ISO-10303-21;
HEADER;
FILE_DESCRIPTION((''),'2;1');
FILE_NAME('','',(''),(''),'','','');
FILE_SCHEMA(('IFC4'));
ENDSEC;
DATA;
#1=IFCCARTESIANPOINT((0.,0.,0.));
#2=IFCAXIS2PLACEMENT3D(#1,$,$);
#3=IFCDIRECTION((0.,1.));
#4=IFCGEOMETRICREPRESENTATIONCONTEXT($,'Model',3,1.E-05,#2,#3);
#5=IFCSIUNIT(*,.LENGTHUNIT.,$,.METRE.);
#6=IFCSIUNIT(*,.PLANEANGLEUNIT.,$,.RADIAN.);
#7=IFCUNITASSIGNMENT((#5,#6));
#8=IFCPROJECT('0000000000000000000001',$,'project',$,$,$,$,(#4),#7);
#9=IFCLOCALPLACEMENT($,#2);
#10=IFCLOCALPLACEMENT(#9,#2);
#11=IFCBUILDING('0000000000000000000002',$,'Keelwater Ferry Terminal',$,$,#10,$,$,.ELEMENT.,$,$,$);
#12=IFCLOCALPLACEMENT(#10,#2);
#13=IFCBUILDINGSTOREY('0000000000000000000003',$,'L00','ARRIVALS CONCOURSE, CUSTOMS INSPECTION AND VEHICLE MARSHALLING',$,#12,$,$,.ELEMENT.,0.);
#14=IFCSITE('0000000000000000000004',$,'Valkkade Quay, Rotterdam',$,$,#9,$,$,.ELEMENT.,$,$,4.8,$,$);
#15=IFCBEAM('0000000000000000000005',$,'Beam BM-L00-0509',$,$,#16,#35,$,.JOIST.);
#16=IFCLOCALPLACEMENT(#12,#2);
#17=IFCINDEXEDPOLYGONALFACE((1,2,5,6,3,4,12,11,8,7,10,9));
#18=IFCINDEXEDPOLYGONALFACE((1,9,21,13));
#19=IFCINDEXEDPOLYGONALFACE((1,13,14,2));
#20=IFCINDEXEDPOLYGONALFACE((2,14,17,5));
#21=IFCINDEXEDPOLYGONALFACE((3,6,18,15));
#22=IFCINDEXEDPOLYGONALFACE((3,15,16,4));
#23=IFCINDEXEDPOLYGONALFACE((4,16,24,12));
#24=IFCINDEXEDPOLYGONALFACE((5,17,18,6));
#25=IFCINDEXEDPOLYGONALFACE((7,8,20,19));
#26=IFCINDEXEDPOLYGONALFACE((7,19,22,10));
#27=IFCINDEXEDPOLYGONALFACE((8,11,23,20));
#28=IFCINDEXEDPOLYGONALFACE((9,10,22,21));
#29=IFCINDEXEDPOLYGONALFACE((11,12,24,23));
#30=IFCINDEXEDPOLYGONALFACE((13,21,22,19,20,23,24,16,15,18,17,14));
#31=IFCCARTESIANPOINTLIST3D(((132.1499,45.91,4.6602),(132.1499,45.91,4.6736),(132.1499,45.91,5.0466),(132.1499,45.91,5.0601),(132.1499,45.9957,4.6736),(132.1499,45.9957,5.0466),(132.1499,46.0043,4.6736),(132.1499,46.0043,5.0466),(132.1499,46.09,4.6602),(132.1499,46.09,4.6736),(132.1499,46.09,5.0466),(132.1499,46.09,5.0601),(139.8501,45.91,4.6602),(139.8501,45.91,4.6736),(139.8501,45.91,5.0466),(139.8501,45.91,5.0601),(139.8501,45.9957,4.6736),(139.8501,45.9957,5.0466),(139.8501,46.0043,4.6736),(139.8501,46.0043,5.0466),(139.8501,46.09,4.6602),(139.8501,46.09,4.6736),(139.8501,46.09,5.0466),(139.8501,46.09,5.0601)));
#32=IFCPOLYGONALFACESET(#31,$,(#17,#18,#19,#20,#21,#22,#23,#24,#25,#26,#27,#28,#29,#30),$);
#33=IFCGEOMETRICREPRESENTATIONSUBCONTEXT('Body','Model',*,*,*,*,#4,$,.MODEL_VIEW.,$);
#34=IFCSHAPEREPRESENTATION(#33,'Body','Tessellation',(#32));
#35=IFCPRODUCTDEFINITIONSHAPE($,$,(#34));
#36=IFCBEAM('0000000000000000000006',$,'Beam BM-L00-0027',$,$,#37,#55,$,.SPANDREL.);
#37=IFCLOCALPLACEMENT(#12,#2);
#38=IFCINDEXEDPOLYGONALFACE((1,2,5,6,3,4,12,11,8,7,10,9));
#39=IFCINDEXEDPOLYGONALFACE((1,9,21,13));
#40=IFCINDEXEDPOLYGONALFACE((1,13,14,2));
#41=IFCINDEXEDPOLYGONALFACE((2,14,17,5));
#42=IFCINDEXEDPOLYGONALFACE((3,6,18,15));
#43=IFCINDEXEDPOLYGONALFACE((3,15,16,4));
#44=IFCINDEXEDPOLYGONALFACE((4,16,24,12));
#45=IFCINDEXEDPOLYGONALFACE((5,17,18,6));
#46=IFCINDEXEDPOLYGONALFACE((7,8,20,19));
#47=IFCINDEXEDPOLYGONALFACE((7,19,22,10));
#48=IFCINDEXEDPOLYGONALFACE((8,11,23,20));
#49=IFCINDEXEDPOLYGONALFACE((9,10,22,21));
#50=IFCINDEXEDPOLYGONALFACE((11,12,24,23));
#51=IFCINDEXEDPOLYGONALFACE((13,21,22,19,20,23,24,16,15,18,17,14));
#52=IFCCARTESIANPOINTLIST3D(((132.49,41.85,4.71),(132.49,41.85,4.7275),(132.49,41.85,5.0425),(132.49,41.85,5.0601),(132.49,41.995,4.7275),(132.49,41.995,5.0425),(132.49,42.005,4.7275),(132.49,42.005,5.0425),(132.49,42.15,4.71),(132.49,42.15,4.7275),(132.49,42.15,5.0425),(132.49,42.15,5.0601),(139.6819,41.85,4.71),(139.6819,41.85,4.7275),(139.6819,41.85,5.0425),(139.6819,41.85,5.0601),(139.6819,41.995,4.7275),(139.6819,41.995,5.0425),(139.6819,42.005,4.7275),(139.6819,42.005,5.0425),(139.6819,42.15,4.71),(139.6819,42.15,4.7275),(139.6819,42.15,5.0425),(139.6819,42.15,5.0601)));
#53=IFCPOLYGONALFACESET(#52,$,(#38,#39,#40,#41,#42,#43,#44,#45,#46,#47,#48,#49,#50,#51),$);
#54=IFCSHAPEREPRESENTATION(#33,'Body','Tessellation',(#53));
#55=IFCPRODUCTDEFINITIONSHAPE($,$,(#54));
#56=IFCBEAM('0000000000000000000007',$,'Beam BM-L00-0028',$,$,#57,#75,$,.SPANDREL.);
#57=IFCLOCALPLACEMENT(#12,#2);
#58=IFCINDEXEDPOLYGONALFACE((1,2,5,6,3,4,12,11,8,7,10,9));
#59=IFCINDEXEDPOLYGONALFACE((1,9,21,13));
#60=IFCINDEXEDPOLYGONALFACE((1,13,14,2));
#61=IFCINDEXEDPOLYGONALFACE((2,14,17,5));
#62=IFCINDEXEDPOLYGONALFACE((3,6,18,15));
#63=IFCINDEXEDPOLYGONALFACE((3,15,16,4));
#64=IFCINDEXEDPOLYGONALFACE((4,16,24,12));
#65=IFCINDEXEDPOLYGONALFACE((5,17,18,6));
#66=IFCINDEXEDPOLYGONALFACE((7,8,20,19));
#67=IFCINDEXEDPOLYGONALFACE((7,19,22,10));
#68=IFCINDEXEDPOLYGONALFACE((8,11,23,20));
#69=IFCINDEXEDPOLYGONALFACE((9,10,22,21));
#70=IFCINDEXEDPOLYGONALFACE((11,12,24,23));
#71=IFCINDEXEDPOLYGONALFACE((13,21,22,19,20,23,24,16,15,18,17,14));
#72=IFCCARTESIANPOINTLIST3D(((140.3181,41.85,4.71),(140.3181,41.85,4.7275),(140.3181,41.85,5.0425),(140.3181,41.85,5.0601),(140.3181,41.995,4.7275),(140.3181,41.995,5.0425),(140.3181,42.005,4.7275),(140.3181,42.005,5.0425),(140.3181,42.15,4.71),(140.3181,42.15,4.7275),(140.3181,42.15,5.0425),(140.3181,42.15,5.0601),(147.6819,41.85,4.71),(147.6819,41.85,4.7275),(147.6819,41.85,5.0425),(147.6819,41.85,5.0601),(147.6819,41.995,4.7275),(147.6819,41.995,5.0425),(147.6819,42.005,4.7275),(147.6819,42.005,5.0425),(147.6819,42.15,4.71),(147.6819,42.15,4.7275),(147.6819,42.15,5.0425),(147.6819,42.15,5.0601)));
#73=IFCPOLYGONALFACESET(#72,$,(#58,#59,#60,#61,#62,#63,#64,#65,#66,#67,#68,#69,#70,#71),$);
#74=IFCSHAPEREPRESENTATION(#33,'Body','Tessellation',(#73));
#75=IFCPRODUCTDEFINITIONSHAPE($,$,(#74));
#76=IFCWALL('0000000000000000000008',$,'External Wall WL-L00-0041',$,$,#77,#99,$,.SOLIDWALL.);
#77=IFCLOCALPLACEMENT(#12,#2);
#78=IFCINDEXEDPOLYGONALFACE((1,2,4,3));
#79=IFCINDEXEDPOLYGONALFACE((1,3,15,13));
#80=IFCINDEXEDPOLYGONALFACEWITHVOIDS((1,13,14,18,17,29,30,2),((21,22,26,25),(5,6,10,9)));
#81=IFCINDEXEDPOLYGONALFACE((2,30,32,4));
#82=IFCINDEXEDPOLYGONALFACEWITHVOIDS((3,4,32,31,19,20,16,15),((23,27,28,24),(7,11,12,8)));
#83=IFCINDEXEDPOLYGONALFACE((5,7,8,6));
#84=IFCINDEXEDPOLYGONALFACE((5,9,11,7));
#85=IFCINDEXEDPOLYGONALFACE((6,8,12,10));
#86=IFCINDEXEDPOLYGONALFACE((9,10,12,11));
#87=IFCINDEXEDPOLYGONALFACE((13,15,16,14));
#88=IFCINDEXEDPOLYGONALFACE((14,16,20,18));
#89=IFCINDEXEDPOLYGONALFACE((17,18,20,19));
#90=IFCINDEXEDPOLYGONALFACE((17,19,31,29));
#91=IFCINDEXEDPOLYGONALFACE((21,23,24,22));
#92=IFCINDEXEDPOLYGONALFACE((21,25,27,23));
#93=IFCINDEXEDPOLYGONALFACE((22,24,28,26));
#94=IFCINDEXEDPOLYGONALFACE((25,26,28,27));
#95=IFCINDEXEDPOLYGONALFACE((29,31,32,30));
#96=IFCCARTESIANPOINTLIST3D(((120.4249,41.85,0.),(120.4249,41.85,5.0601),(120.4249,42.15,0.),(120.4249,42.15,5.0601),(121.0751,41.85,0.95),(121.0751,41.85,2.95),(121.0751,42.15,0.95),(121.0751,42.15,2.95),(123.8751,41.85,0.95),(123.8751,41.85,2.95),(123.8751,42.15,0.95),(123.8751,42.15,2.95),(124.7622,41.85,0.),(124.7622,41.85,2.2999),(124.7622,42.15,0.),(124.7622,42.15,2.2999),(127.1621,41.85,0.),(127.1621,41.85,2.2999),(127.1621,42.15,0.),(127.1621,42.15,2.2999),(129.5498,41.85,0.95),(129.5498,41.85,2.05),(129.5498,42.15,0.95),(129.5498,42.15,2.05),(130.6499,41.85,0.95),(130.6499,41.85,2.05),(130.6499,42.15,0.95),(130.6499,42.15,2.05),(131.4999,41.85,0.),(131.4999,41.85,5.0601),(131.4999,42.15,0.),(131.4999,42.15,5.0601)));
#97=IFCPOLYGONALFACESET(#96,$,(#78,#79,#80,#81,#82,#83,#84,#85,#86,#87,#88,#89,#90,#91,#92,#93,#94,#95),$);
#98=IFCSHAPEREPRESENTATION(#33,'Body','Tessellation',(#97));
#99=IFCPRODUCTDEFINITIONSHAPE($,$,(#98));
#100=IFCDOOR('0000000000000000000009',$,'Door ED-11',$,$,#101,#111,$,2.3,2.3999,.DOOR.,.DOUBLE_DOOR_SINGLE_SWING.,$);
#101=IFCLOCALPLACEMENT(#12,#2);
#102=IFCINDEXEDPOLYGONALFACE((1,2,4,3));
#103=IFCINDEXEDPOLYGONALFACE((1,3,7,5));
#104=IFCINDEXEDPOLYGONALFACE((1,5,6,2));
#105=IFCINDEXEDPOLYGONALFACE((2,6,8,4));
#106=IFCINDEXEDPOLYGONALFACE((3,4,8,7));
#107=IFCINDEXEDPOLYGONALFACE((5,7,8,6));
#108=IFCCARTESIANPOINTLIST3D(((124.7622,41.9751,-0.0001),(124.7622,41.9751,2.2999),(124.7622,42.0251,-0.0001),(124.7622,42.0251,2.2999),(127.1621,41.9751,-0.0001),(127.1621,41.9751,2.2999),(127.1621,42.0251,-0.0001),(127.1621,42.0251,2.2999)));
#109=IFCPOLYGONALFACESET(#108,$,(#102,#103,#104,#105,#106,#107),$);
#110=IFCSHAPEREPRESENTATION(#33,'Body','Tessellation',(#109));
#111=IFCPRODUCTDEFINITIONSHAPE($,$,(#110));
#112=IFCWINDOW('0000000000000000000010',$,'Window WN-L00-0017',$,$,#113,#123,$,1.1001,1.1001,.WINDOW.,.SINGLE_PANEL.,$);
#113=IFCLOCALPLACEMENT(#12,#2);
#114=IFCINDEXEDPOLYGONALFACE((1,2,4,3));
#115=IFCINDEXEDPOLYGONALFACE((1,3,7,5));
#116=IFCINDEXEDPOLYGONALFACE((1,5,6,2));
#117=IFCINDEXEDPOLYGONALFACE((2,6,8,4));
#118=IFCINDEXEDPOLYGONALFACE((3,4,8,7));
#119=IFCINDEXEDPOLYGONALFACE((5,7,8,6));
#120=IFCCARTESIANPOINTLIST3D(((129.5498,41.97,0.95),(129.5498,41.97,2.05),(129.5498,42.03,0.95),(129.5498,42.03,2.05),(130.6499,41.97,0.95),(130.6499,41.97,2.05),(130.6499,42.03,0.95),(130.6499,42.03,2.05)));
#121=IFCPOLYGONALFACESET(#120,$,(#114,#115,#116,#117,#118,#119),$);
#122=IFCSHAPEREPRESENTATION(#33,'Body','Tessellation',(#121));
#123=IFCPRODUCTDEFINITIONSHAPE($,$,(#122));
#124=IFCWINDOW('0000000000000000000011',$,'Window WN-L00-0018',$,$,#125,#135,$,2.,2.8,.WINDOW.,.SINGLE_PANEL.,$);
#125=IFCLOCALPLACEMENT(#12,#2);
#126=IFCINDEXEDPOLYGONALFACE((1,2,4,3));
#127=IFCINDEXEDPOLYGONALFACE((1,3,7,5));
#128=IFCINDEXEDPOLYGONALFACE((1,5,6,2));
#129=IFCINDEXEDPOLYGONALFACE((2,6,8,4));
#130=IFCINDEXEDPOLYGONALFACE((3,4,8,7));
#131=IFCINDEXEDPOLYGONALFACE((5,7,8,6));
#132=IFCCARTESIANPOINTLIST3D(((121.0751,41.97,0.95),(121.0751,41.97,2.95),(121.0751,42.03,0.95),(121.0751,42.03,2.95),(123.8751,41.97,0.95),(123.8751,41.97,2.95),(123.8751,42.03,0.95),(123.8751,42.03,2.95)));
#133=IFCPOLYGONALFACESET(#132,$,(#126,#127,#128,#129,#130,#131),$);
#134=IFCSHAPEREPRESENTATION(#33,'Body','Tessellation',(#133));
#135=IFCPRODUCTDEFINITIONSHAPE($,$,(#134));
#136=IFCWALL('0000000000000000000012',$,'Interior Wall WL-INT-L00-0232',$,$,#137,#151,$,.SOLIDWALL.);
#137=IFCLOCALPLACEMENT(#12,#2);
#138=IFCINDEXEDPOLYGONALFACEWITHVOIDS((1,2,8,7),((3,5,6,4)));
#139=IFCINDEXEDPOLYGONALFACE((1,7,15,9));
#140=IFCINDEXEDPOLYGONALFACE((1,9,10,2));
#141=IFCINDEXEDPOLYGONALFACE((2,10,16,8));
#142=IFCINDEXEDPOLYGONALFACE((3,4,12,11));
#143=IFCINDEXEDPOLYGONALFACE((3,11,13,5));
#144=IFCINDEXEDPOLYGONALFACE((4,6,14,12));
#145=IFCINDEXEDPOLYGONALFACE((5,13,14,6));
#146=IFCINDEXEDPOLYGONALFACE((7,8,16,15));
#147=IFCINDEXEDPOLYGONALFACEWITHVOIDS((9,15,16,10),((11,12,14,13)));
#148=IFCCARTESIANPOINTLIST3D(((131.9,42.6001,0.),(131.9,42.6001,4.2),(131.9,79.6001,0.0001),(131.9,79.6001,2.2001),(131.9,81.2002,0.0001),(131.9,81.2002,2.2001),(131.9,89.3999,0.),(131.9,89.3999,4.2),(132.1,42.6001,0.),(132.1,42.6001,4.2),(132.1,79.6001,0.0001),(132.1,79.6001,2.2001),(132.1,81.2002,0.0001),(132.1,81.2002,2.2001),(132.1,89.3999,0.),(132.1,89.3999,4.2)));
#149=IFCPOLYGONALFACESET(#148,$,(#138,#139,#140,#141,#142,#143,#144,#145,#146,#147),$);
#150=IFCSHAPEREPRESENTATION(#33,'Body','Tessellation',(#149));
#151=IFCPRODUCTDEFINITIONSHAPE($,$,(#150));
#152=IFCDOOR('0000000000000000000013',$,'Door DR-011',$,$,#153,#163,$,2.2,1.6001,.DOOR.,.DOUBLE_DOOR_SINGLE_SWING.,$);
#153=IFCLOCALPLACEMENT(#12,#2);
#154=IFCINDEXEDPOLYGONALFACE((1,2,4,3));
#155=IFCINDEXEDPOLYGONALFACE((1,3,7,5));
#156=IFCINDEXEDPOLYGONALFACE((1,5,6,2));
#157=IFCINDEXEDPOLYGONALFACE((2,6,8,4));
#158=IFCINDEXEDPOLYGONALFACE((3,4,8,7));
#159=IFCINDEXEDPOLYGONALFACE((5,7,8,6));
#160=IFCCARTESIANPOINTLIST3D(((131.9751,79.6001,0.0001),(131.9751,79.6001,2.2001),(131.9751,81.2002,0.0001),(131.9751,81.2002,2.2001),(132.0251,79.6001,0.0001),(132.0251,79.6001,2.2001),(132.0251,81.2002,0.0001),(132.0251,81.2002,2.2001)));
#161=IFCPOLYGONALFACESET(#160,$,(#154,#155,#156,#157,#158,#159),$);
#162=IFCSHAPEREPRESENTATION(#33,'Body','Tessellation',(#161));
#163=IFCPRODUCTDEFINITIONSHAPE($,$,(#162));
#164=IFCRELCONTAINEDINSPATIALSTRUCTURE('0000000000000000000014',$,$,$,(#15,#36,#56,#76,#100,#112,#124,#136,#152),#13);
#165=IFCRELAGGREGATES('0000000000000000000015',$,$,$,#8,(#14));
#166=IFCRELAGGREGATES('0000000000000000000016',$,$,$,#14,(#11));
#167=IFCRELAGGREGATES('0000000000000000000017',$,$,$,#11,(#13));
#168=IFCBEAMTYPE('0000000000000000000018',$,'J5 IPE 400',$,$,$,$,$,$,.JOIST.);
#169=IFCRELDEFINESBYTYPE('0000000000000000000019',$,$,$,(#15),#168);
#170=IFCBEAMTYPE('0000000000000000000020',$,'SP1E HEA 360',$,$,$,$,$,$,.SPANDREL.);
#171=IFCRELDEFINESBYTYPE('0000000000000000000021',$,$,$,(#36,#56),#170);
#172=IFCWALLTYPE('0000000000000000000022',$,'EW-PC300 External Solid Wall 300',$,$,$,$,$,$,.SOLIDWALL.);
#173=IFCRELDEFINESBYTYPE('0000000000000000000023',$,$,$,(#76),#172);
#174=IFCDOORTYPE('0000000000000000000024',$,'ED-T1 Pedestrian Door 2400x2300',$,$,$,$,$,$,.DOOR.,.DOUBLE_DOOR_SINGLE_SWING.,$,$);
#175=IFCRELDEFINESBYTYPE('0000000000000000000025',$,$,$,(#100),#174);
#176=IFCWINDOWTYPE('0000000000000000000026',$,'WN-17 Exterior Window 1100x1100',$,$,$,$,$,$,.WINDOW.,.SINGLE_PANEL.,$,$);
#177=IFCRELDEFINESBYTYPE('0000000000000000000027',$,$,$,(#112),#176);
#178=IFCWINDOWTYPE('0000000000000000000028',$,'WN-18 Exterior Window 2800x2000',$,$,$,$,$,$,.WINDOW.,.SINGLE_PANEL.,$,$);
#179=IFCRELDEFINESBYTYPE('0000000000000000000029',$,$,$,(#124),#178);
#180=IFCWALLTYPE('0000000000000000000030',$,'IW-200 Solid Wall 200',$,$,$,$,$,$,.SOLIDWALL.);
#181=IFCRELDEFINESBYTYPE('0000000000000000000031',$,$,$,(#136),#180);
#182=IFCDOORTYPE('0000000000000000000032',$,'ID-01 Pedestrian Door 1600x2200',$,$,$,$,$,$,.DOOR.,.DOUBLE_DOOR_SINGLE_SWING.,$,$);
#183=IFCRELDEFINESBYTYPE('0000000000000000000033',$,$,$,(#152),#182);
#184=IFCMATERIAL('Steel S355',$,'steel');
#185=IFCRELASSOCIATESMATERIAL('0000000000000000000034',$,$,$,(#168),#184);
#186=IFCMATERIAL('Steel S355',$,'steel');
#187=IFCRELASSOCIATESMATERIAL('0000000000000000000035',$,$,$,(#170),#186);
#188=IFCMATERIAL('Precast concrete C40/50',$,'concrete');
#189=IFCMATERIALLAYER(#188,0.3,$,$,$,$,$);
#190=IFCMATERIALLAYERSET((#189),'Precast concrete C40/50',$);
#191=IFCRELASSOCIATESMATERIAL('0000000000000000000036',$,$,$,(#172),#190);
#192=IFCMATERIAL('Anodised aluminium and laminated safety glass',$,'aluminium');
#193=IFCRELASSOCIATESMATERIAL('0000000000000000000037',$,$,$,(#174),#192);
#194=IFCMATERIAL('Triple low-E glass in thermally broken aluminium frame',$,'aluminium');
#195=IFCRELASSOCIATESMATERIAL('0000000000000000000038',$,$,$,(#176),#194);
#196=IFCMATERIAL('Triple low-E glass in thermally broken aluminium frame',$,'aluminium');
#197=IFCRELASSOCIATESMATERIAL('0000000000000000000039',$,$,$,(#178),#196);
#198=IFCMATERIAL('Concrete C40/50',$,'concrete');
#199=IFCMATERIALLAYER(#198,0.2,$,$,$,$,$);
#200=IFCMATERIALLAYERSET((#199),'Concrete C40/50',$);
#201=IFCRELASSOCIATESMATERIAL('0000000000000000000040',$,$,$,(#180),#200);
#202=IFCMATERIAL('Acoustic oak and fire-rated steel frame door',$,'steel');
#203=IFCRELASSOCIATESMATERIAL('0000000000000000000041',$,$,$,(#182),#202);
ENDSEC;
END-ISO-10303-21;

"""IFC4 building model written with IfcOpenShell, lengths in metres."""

from ifc_helpers import new_model, si_unit, direction, frame, frame_2d, origin, origin_2d, place, context, subcontext, project, spatial, rectangle, i_section, extrude, material, layer, layer_set, material_profile, profile_set, type_object, element, fill, save


model = new_model("IFC4")

# Units and contexts
model_context = context("Model", 3, precision=1e-05, world=origin(), true_north=direction((0.0, 1.0)))
body_context = subcontext(model_context, "Body", "Model", "MODEL_VIEW")
ifc_project = project(units=[si_unit("LENGTHUNIT", "METRE"), si_unit("PLANEANGLEUNIT", "RADIAN")], contexts=[model_context])

# Site, building, storey
site_placement = place(None, origin())
site = spatial("IfcSite", under=ifc_project, at=site_placement, Name="Valkkade Quay, Rotterdam", CompositionType="ELEMENT", RefElevation=4.8)
building_placement = place(site_placement, origin())
building = spatial("IfcBuilding", under=site, at=building_placement, Name="Keelwater Ferry Terminal", CompositionType="ELEMENT")
storey_placement = place(building_placement, origin())
storey = spatial("IfcBuildingStorey", under=building, at=storey_placement, Name="L00", Description="ARRIVALS CONCOURSE, CUSTOMS INSPECTION AND VEHICLE MARSHALLING", CompositionType="ELEMENT", Elevation=0.0)

# Beams
ifc_material_1 = material(Name="Steel S355", Category="steel")
ifc_material_profile_1 = material_profile(ifc_material_1, i_section(OverallWidth=0.1799, OverallDepth=0.3999, WebThickness=0.0085, FlangeThickness=0.0134, at=origin_2d()), Name="IPE 400")
ifc_profile_set_1 = profile_set([ifc_material_profile_1], Name="Steel S355")
beam_type_1 = type_object("IfcBeamType", Name="J5 IPE 400", PredefinedType="JOIST", material=ifc_profile_set_1)
beam_1_placement = place(storey_placement, frame((132.1499, 46.0, 4.8601), z_axis=(1.0, 0.0, 0.0), x_axis=(0.0, 1.0, 0.0)))
element("IfcBeam", 1, at=beam_1_placement, inside=storey, type_object=beam_type_1, Name="Beam BM-L00-0509", PredefinedType="JOIST", context=body_context, shape_type="SweptSolid", body=[
    extrude(i_section(OverallWidth=0.1799, OverallDepth=0.3999, WebThickness=0.0085, FlangeThickness=0.0134, at=origin_2d()), origin(), (0.0, 0.0, 1.0), 7.7002),
])
ifc_material_2 = material(Name="Steel S355", Category="steel")
ifc_material_profile_2 = material_profile(ifc_material_2, i_section(OverallWidth=0.3, OverallDepth=0.3501, WebThickness=0.01, FlangeThickness=0.0176, at=origin_2d()), Name="HEA 360")
ifc_profile_set_2 = profile_set([ifc_material_profile_2], Name="Steel S355")
beam_type_2 = type_object("IfcBeamType", Name="SP1E HEA 360", PredefinedType="SPANDREL", material=ifc_profile_set_2)
beam_2_placement = place(storey_placement, frame((132.49, 42.0, 4.885), z_axis=(1.0, 0.0, 0.0), x_axis=(0.0, 1.0, 0.0)))
element("IfcBeam", 2, at=beam_2_placement, inside=storey, type_object=beam_type_2, Name="Beam BM-L00-0027", PredefinedType="SPANDREL", context=body_context, shape_type="SweptSolid", body=[
    extrude(i_section(OverallWidth=0.3, OverallDepth=0.3501, WebThickness=0.01, FlangeThickness=0.0176, at=origin_2d()), origin(), (0.0, 0.0, 1.0), 7.1919),
])
beam_3_placement = place(storey_placement, frame((140.3181, 42.0, 4.885), z_axis=(1.0, 0.0, 0.0), x_axis=(0.0, 1.0, 0.0)))
element("IfcBeam", 3, at=beam_3_placement, inside=storey, type_object=beam_type_2, Name="Beam BM-L00-0028", PredefinedType="SPANDREL", context=body_context, shape_type="SweptSolid", body=[
    extrude(i_section(OverallWidth=0.3, OverallDepth=0.3501, WebThickness=0.01, FlangeThickness=0.0176, at=origin_2d()), origin(), (0.0, 0.0, 1.0), 7.3638),
])

# Wall, openings, door, windows
ifc_material_3 = material(Name="Precast concrete C40/50", Category="concrete")
ifc_layer_1 = layer(ifc_material_3, 0.3)
ifc_layer_set_1 = layer_set([ifc_layer_1], Name="Precast concrete C40/50")
wall_type_1 = type_object("IfcWallType", Name="EW-PC300 External Solid Wall 300", PredefinedType="SOLIDWALL", material=ifc_layer_set_1)
wall_1_placement = place(storey_placement, frame((131.5, 42.0, 0.0), z_axis=(0.0, 0.0, 1.0), x_axis=(-1.0, 0.0, 0.0)))
wall_1 = element("IfcWall", 4, at=wall_1_placement, inside=storey, type_object=wall_type_1, Name="External Wall WL-L00-0041", PredefinedType="SOLIDWALL", context=body_context, shape_type="SweptSolid", body=[
    extrude(rectangle(XDim=11.075, YDim=0.3, at=frame_2d((5.5376, 0.0))), origin(), (0.0, 0.0, 1.0), 5.0601),
])
opening_1_placement = place(wall_1_placement, frame((4.3379, 0.0, 0.0)))
opening_1 = element("IfcOpeningElement", 5, at=opening_1_placement, cuts=wall_1, PredefinedType="OPENING", context=body_context, shape_type="SweptSolid", body=[
    extrude(rectangle(XDim=2.3999, YDim=2.3, at=frame_2d((1.2, 1.1499))), frame((0.0, 0.1599, 0.0), z_axis=(0.0, -1.0, 0.0), x_axis=(1.0, 0.0, 0.0)), (0.0, 0.0, 1.0), 0.3201),
])
opening_2_placement = place(wall_1_placement, frame((0.8501, 0.0, 0.95)))
opening_2 = element("IfcOpeningElement", 6, at=opening_2_placement, cuts=wall_1, PredefinedType="OPENING", context=body_context, shape_type="SweptSolid", body=[
    extrude(rectangle(XDim=1.1001, YDim=1.1001, at=frame_2d((0.55, 0.55))), frame((0.0, 0.1599, 0.0), z_axis=(0.0, -1.0, 0.0), x_axis=(1.0, 0.0, 0.0)), (0.0, 0.0, 1.0), 0.3201),
])
opening_3_placement = place(wall_1_placement, frame((7.625, 0.0, 0.95)))
opening_3 = element("IfcOpeningElement", 7, at=opening_3_placement, cuts=wall_1, PredefinedType="OPENING", context=body_context, shape_type="SweptSolid", body=[
    extrude(rectangle(XDim=2.8, YDim=2.0, at=frame_2d((1.3999, 1.0))), frame((0.0, 0.1599, 0.0), z_axis=(0.0, -1.0, 0.0), x_axis=(1.0, 0.0, 0.0)), (0.0, 0.0, 1.0), 0.3201),
])
ifc_material_4 = material(Name="Anodised aluminium and laminated safety glass", Category="aluminium")
door_type_1 = type_object("IfcDoorType", Name="ED-T1 Pedestrian Door 2400x2300", OperationType="DOUBLE_DOOR_SINGLE_SWING", PredefinedType="DOOR", material=ifc_material_4)
door_1_placement = place(opening_1_placement, origin())
door_1 = element("IfcDoor", 8, at=door_1_placement, inside=storey, type_object=door_type_1, Name="Door ED-11", OperationType="DOUBLE_DOOR_SINGLE_SWING", OverallHeight=2.3, OverallWidth=2.3999, PredefinedType="DOOR", context=body_context, shape_type="SweptSolid", body=[
    extrude(rectangle(XDim=2.3999, YDim=2.3, at=frame_2d((1.2, 1.1499))), frame((0.0, 0.0249, 0.0), z_axis=(0.0, -1.0, 0.0), x_axis=(1.0, 0.0, 0.0)), (0.0, 0.0, 1.0), 0.05),
])
fill(opening_1, door_1)
ifc_material_5 = material(Name="Triple low-E glass in thermally broken aluminium frame", Category="aluminium")
window_type_1 = type_object("IfcWindowType", Name="WN-17 Exterior Window 1100x1100", PartitioningType="SINGLE_PANEL", PredefinedType="WINDOW", material=ifc_material_5)
window_1_placement = place(opening_2_placement, origin())
window_1 = element("IfcWindow", 9, at=window_1_placement, inside=storey, type_object=window_type_1, Name="Window WN-L00-0017", OverallHeight=1.1001, OverallWidth=1.1001, PartitioningType="SINGLE_PANEL", PredefinedType="WINDOW", context=body_context, shape_type="SweptSolid", body=[
    extrude(rectangle(XDim=1.1001, YDim=1.1001, at=frame_2d((0.55, 0.55))), frame((0.0, 0.03, 0.0), z_axis=(0.0, -1.0, 0.0), x_axis=(1.0, 0.0, 0.0)), (0.0, 0.0, 1.0), 0.0601),
])
fill(opening_2, window_1)
ifc_material_6 = material(Name="Triple low-E glass in thermally broken aluminium frame", Category="aluminium")
window_type_2 = type_object("IfcWindowType", Name="WN-18 Exterior Window 2800x2000", PartitioningType="SINGLE_PANEL", PredefinedType="WINDOW", material=ifc_material_6)
window_2_placement = place(opening_3_placement, origin())
window_2 = element("IfcWindow", 10, at=window_2_placement, inside=storey, type_object=window_type_2, Name="Window WN-L00-0018", OverallHeight=2.0, OverallWidth=2.8, PartitioningType="SINGLE_PANEL", PredefinedType="WINDOW", context=body_context, shape_type="SweptSolid", body=[
    extrude(rectangle(XDim=2.8, YDim=2.0, at=frame_2d((1.3999, 1.0))), frame((0.0, 0.03, 0.0), z_axis=(0.0, -1.0, 0.0), x_axis=(1.0, 0.0, 0.0)), (0.0, 0.0, 1.0), 0.0601),
])
fill(opening_3, window_2)

# Wall, opening, door
ifc_material_7 = material(Name="Concrete C40/50", Category="concrete")
ifc_layer_2 = layer(ifc_material_7, 0.2)
ifc_layer_set_2 = layer_set([ifc_layer_2], Name="Concrete C40/50")
wall_type_2 = type_object("IfcWallType", Name="IW-200 Solid Wall 200", PredefinedType="SOLIDWALL", material=ifc_layer_set_2)
wall_2_placement = place(storey_placement, frame((132.0, 42.6001, 0.0), z_axis=(0.0, 0.0, 1.0), x_axis=(0.0, 1.0, 0.0)))
wall_2 = element("IfcWall", 11, at=wall_2_placement, inside=storey, type_object=wall_type_2, Name="Interior Wall WL-INT-L00-0232", PredefinedType="SOLIDWALL", context=body_context, shape_type="SweptSolid", body=[
    extrude(rectangle(XDim=46.7998, YDim=0.2, at=frame_2d((23.3999, 0.0))), origin(), (0.0, 0.0, 1.0), 4.2),
])
opening_4_placement = place(wall_2_placement, frame((37.0, 0.0, 0.0)))
opening_4 = element("IfcOpeningElement", 12, at=opening_4_placement, cuts=wall_2, PredefinedType="OPENING", context=body_context, shape_type="SweptSolid", body=[
    extrude(rectangle(XDim=1.6001, YDim=2.2, at=frame_2d((0.8, 1.1001))), frame((0.0, 0.1101, 0.0), z_axis=(0.0, -1.0, 0.0), x_axis=(1.0, 0.0, 0.0)), (0.0, 0.0, 1.0), 0.22),
])
ifc_material_8 = material(Name="Acoustic oak and fire-rated steel frame door", Category="steel")
door_type_2 = type_object("IfcDoorType", Name="ID-01 Pedestrian Door 1600x2200", OperationType="DOUBLE_DOOR_SINGLE_SWING", PredefinedType="DOOR", material=ifc_material_8)
door_2_placement = place(opening_4_placement, origin())
door_2 = element("IfcDoor", 13, at=door_2_placement, inside=storey, type_object=door_type_2, Name="Door DR-011", OperationType="DOUBLE_DOOR_SINGLE_SWING", OverallHeight=2.2, OverallWidth=1.6001, PredefinedType="DOOR", context=body_context, shape_type="SweptSolid", body=[
    extrude(rectangle(XDim=1.6001, YDim=2.2, at=frame_2d((0.8, 1.1001))), frame((0.0, 0.0249, 0.0), z_axis=(0.0, -1.0, 0.0), x_axis=(1.0, 0.0, 0.0)), (0.0, 0.0, 1.0), 0.05),
])
fill(opening_4, door_2)

save(model, "model.ifc")
